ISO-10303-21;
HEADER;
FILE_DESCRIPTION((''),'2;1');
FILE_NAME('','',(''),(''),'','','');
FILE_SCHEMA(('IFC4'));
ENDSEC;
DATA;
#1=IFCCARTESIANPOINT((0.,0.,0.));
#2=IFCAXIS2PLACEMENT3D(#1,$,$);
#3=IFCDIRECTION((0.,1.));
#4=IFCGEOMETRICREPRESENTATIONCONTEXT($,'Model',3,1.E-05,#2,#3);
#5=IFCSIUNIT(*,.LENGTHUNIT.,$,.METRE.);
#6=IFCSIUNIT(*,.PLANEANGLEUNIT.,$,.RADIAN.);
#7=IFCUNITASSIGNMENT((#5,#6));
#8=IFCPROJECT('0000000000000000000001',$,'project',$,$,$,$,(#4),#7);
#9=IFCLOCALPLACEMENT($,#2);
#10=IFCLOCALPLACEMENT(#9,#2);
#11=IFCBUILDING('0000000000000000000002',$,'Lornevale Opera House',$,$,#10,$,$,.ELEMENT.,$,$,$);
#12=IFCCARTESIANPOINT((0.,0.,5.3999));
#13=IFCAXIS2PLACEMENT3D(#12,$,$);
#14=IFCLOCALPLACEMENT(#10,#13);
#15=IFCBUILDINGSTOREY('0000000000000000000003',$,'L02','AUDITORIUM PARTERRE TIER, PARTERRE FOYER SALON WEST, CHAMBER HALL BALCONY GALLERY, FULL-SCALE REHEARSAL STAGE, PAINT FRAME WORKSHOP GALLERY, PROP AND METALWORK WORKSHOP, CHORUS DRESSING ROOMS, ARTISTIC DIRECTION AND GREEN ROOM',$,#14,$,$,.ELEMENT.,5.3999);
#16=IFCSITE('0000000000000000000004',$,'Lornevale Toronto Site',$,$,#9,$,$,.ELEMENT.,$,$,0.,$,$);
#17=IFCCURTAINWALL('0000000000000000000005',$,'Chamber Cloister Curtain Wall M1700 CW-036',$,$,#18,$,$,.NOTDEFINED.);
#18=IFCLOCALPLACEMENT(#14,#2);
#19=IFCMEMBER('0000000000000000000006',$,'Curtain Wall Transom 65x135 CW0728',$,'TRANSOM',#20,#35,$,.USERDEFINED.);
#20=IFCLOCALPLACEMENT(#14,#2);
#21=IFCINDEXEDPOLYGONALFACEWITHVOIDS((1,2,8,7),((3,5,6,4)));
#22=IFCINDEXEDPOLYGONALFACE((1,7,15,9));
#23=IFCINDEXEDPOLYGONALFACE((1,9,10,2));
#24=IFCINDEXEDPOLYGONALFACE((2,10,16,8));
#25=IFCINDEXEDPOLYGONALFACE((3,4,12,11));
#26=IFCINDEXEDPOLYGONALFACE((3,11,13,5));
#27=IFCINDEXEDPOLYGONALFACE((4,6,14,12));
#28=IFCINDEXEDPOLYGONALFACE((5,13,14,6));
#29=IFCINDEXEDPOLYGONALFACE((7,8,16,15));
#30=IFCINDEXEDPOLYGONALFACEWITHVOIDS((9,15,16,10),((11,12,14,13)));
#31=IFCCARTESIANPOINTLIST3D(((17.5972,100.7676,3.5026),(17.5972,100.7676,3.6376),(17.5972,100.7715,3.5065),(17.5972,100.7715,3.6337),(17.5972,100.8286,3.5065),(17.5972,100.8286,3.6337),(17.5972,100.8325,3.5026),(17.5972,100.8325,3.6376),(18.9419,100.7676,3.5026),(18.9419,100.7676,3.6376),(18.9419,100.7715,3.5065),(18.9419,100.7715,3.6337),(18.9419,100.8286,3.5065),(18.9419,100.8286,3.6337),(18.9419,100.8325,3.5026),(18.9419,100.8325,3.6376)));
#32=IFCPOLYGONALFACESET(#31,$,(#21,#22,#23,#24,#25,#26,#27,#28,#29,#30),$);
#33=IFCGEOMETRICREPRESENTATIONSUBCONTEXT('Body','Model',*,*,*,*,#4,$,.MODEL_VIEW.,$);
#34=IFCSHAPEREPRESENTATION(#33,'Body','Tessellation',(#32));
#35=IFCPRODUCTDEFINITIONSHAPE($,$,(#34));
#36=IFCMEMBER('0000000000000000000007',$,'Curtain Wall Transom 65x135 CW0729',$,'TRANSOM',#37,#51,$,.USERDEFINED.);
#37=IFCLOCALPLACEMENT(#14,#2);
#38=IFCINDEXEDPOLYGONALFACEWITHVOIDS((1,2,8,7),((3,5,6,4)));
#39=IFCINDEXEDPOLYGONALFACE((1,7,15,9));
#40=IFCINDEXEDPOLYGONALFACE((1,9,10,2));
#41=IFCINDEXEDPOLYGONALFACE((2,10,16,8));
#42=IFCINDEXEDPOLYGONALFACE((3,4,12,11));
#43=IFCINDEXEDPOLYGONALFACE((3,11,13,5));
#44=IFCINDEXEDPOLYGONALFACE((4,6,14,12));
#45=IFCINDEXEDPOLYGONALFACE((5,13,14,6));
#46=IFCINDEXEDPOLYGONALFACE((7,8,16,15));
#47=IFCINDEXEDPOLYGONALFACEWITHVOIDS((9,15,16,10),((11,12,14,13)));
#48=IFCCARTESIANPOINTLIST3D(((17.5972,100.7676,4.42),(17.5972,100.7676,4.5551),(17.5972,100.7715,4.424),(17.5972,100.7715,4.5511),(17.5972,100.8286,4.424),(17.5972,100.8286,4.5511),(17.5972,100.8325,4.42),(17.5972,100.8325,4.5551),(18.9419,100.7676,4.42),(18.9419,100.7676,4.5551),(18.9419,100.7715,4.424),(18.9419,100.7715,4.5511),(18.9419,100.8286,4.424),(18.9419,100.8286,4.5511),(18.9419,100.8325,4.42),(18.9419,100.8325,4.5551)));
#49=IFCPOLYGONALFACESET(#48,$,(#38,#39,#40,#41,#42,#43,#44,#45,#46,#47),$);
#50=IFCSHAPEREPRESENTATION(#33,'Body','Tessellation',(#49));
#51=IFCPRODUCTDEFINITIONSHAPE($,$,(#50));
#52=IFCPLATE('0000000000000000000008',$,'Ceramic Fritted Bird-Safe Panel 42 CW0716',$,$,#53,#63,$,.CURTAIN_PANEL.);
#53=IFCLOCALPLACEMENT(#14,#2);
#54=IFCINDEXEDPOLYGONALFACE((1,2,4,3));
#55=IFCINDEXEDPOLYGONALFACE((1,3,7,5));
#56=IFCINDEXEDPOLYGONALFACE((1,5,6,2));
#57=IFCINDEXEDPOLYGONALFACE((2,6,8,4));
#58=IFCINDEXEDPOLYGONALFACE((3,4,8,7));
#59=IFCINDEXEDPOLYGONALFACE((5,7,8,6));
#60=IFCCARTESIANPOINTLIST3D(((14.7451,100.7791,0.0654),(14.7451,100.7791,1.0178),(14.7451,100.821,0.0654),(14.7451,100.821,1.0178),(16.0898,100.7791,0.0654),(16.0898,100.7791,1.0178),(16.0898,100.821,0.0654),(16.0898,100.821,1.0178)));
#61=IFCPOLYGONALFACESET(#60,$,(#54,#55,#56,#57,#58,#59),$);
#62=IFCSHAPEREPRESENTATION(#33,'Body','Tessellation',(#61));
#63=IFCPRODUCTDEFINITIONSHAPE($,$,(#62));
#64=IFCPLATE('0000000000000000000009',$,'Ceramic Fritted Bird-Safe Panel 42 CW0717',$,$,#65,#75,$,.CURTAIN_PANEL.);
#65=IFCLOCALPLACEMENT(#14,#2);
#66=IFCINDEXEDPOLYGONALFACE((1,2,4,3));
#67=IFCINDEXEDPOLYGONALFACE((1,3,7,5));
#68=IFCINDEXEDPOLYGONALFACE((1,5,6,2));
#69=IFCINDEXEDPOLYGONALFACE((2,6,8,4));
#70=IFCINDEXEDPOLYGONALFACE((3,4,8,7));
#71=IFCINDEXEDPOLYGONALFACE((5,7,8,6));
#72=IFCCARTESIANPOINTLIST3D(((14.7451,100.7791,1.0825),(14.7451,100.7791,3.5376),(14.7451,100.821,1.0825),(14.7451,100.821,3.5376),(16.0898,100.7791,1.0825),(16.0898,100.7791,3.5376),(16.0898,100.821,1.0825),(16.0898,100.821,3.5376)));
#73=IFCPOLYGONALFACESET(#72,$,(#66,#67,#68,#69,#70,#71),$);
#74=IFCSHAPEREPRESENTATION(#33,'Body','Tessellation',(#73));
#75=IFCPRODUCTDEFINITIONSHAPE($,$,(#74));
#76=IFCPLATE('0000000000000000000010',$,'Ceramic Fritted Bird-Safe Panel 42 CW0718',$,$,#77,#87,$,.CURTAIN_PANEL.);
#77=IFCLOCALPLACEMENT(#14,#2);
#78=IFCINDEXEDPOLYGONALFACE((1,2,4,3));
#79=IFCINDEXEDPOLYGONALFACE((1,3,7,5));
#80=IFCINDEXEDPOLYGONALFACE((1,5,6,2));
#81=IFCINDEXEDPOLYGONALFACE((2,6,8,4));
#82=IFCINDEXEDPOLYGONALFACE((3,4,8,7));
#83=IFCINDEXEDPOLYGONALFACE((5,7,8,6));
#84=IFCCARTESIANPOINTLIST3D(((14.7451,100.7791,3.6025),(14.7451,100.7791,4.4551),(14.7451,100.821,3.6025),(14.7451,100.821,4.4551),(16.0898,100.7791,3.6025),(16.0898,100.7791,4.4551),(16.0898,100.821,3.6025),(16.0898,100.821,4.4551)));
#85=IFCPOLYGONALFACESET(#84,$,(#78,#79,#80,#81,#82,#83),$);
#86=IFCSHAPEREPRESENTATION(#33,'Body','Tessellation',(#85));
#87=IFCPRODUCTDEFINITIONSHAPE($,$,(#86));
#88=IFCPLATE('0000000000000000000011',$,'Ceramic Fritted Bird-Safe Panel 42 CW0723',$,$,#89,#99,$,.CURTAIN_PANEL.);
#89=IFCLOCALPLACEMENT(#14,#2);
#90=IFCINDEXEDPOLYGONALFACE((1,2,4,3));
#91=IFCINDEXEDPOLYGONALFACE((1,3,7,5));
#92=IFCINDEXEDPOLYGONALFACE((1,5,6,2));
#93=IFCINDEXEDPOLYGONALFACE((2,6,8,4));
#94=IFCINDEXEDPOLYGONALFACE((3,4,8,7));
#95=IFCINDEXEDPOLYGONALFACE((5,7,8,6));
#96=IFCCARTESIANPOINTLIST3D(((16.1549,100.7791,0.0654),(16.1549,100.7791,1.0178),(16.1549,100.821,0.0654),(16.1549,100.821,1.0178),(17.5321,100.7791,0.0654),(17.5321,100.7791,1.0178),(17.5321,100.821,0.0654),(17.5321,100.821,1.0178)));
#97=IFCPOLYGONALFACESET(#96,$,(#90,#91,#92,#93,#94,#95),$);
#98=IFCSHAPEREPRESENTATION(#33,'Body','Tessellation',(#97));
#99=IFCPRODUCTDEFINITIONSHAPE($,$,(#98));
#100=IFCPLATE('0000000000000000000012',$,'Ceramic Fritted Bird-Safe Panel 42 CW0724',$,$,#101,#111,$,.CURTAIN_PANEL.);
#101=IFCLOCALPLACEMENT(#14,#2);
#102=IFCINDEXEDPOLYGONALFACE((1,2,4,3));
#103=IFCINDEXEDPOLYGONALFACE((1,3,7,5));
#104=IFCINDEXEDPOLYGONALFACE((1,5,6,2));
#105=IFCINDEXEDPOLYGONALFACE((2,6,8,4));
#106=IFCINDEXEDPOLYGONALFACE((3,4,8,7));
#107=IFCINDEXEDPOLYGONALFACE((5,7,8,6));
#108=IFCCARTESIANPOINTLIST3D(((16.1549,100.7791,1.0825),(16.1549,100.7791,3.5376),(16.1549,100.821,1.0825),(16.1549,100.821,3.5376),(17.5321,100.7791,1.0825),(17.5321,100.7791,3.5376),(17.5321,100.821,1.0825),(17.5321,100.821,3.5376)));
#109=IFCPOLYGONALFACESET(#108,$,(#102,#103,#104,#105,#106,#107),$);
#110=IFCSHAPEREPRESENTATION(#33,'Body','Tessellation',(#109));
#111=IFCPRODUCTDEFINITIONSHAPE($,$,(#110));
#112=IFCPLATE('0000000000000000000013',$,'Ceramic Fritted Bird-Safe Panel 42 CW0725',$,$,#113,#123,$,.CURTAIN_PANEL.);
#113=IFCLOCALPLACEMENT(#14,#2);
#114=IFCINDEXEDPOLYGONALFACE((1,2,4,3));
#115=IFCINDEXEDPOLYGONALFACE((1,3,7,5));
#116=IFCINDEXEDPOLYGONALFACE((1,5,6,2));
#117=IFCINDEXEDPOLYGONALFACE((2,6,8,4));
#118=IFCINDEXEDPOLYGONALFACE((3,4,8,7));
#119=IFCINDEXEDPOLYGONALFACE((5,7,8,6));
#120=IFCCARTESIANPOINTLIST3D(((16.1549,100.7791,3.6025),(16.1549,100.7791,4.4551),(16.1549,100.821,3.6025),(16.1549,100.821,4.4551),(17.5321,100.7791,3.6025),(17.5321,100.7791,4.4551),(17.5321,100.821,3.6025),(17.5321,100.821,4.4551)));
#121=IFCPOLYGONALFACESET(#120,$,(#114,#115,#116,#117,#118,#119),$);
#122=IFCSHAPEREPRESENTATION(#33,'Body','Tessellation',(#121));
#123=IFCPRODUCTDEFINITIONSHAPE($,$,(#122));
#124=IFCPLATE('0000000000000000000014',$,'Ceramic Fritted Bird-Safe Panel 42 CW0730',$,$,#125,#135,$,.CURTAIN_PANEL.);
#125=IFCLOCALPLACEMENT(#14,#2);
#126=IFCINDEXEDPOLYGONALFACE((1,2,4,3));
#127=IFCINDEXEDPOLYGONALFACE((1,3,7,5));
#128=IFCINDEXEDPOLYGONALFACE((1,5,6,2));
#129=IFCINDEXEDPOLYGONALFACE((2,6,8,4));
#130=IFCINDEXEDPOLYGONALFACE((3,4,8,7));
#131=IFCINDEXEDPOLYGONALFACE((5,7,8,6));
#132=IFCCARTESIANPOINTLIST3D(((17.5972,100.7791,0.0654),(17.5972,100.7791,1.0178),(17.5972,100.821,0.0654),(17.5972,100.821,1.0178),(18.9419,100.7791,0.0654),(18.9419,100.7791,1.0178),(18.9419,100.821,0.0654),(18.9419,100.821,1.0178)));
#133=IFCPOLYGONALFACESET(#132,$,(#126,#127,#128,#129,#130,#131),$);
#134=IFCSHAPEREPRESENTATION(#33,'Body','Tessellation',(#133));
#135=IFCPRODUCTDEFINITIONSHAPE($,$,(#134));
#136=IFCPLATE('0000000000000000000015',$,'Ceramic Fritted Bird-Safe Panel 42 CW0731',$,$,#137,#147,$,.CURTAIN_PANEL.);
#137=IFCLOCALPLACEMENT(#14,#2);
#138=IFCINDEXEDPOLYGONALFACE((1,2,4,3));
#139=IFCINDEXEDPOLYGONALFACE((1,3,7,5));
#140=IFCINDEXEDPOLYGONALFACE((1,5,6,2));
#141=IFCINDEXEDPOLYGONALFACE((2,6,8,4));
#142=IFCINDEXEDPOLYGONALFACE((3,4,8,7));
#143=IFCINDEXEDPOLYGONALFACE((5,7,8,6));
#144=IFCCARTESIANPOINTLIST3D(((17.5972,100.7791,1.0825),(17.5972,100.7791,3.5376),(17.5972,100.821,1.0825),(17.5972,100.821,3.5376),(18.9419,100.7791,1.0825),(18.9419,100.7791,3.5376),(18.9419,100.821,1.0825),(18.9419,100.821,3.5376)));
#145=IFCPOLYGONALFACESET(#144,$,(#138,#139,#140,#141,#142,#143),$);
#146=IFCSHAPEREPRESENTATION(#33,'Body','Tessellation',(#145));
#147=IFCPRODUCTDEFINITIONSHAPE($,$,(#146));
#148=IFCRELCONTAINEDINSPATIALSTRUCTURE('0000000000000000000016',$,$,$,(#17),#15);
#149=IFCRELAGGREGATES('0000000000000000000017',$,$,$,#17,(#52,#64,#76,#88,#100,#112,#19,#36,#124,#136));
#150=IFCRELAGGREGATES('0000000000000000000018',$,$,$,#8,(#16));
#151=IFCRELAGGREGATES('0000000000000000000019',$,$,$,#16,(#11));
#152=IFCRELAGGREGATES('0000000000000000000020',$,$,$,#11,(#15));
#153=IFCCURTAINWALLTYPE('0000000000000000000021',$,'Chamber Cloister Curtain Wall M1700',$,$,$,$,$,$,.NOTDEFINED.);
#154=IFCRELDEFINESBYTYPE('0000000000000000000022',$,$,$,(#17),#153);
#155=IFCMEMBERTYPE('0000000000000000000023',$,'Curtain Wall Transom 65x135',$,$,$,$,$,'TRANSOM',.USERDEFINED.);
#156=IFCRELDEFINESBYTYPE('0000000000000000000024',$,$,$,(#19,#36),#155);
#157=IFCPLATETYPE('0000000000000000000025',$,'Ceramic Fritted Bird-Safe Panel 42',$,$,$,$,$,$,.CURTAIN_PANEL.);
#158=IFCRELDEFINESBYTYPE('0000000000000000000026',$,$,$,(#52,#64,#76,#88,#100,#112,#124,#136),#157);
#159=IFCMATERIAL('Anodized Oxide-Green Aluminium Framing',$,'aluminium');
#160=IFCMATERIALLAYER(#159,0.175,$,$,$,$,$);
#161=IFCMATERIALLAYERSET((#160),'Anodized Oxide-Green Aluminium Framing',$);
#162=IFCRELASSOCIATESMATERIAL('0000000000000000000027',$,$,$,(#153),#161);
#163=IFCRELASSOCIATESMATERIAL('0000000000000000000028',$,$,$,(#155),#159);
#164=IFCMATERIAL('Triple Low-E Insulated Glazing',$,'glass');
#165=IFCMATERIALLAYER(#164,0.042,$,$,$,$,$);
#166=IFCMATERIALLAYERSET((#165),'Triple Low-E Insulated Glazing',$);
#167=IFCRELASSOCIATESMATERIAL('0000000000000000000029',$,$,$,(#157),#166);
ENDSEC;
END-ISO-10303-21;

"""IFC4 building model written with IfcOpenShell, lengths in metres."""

from ifc_helpers import new_model, si_unit, direction, frame, origin, origin_2d, place, context, subcontext, project, spatial, rectangle, hollow_rectangle, extrude, material, layer, layer_set, material_profile, profile_set, type_object, element, aggregate, save


model = new_model("IFC4")

# Units and contexts
model_context = context("Model", 3, precision=1e-05, world=origin(), true_north=direction((0.0, 1.0)))
body_context = subcontext(model_context, "Body", "Model", "MODEL_VIEW")
ifc_project = project(units=[si_unit("LENGTHUNIT", "METRE"), si_unit("PLANEANGLEUNIT", "RADIAN")], contexts=[model_context])

# Site, building, storey
site_placement = place(None, origin())
site = spatial("IfcSite", under=ifc_project, at=site_placement, Name="Lornevale Toronto Site", CompositionType="ELEMENT", RefElevation=0.0)
building_placement = place(site_placement, origin())
building = spatial("IfcBuilding", under=site, at=building_placement, Name="Lornevale Opera House", CompositionType="ELEMENT")
storey_placement = place(building_placement, frame((0.0, 0.0, 5.3999)))
storey = spatial("IfcBuildingStorey", under=building, at=storey_placement, Name="L02", Description="AUDITORIUM PARTERRE TIER, PARTERRE FOYER SALON WEST, CHAMBER HALL BALCONY GALLERY, FULL-SCALE REHEARSAL STAGE, PAINT FRAME WORKSHOP GALLERY, PROP AND METALWORK WORKSHOP, CHORUS DRESSING ROOMS, ARTISTIC DIRECTION AND GREEN ROOM", CompositionType="ELEMENT", Elevation=5.3999)

# Curtain wall, members, plates
ifc_material_1 = material(Name="Anodized Oxide-Green Aluminium Framing", Category="aluminium")
ifc_layer_1 = layer(ifc_material_1, 0.175)
ifc_layer_set_1 = layer_set([ifc_layer_1], Name="Anodized Oxide-Green Aluminium Framing")
curtain_wall_type = type_object("IfcCurtainWallType", Name="Chamber Cloister Curtain Wall M1700", PredefinedType="NOTDEFINED", material=ifc_layer_set_1)
curtain_wall_placement = place(storey_placement, origin())
curtain_wall = element("IfcCurtainWall", 1, at=curtain_wall_placement, inside=storey, type_object=curtain_wall_type, Name="Chamber Cloister Curtain Wall M1700 CW-036", PredefinedType="NOTDEFINED")
ifc_material_profile_1 = material_profile(ifc_material_1, hollow_rectangle(XDim=0.0649, YDim=0.135, WallThickness=0.0039, at=origin_2d()), Name="ALU65x135x4")
ifc_profile_set_1 = profile_set([ifc_material_profile_1], Name="Anodized Oxide-Green Aluminium Framing")
member_type_1 = type_object("IfcMemberType", Name="Curtain Wall Transom 65x135", ElementType="TRANSOM", PredefinedType="USERDEFINED", material=ifc_profile_set_1)
member_1_placement = place(storey_placement, frame((17.5972, 100.8, 3.5701), z_axis=(1.0, 0.0, 0.0), x_axis=(0.0, 1.0, 0.0)))
member_1 = element("IfcMember", 2, at=member_1_placement, type_object=member_type_1, Name="Curtain Wall Transom 65x135 CW0728", ObjectType="TRANSOM", PredefinedType="USERDEFINED", context=body_context, shape_type="SweptSolid", body=[
    extrude(hollow_rectangle(XDim=0.0649, YDim=0.135, WallThickness=0.0039, at=origin_2d()), origin(), (0.0, 0.0, 1.0), 1.3447),
])
member_2_placement = place(storey_placement, frame((17.5972, 100.8, 4.4875), z_axis=(1.0, 0.0, 0.0), x_axis=(0.0, 1.0, 0.0)))
member_2 = element("IfcMember", 3, at=member_2_placement, type_object=member_type_1, Name="Curtain Wall Transom 65x135 CW0729", ObjectType="TRANSOM", PredefinedType="USERDEFINED", context=body_context, shape_type="SweptSolid", body=[
    extrude(hollow_rectangle(XDim=0.0649, YDim=0.135, WallThickness=0.0039, at=origin_2d()), origin(), (0.0, 0.0, 1.0), 1.3447),
])
ifc_material_2 = material(Name="Triple Low-E Insulated Glazing", Category="glass")
ifc_layer_2 = layer(ifc_material_2, 0.042)
ifc_layer_set_2 = layer_set([ifc_layer_2], Name="Triple Low-E Insulated Glazing")
plate_type = type_object("IfcPlateType", Name="Ceramic Fritted Bird-Safe Panel 42", PredefinedType="CURTAIN_PANEL", material=ifc_layer_set_2)
plate_1_placement = place(storey_placement, frame((15.4175, 100.8, 0.0654), z_axis=(0.0, 0.0, 1.0), x_axis=(1.0, 0.0, 0.0)))
plate_1 = element("IfcPlate", 4, at=plate_1_placement, type_object=plate_type, Name="Ceramic Fritted Bird-Safe Panel 42 CW0716", PredefinedType="CURTAIN_PANEL", context=body_context, shape_type="SweptSolid", body=[
    extrude(rectangle(XDim=1.3447, YDim=0.042, at=origin_2d()), origin(), (0.0, 0.0, 1.0), 0.9524),
])
plate_2_placement = place(storey_placement, frame((15.4175, 100.8, 1.0825), z_axis=(0.0, 0.0, 1.0), x_axis=(1.0, 0.0, 0.0)))
plate_2 = element("IfcPlate", 5, at=plate_2_placement, type_object=plate_type, Name="Ceramic Fritted Bird-Safe Panel 42 CW0717", PredefinedType="CURTAIN_PANEL", context=body_context, shape_type="SweptSolid", body=[
    extrude(rectangle(XDim=1.3447, YDim=0.042, at=origin_2d()), origin(), (0.0, 0.0, 1.0), 2.4551),
])
plate_3_placement = place(storey_placement, frame((15.4175, 100.8, 3.6025), z_axis=(0.0, 0.0, 1.0), x_axis=(1.0, 0.0, 0.0)))
plate_3 = element("IfcPlate", 6, at=plate_3_placement, type_object=plate_type, Name="Ceramic Fritted Bird-Safe Panel 42 CW0718", PredefinedType="CURTAIN_PANEL", context=body_context, shape_type="SweptSolid", body=[
    extrude(rectangle(XDim=1.3447, YDim=0.042, at=origin_2d()), origin(), (0.0, 0.0, 1.0), 0.8525),
])
plate_4_placement = place(storey_placement, frame((16.8435, 100.8, 0.0654), z_axis=(0.0, 0.0, 1.0), x_axis=(1.0, 0.0, 0.0)))
plate_4 = element("IfcPlate", 7, at=plate_4_placement, type_object=plate_type, Name="Ceramic Fritted Bird-Safe Panel 42 CW0723", PredefinedType="CURTAIN_PANEL", context=body_context, shape_type="SweptSolid", body=[
    extrude(rectangle(XDim=1.3772, YDim=0.042, at=origin_2d()), origin(), (0.0, 0.0, 1.0), 0.9524),
])
plate_5_placement = place(storey_placement, frame((16.8435, 100.8, 1.0825), z_axis=(0.0, 0.0, 1.0), x_axis=(1.0, 0.0, 0.0)))
plate_5 = element("IfcPlate", 8, at=plate_5_placement, type_object=plate_type, Name="Ceramic Fritted Bird-Safe Panel 42 CW0724", PredefinedType="CURTAIN_PANEL", context=body_context, shape_type="SweptSolid", body=[
    extrude(rectangle(XDim=1.3772, YDim=0.042, at=origin_2d()), origin(), (0.0, 0.0, 1.0), 2.4551),
])
plate_6_placement = place(storey_placement, frame((16.8435, 100.8, 3.6025), z_axis=(0.0, 0.0, 1.0), x_axis=(1.0, 0.0, 0.0)))
plate_6 = element("IfcPlate", 9, at=plate_6_placement, type_object=plate_type, Name="Ceramic Fritted Bird-Safe Panel 42 CW0725", PredefinedType="CURTAIN_PANEL", context=body_context, shape_type="SweptSolid", body=[
    extrude(rectangle(XDim=1.3772, YDim=0.042, at=origin_2d()), origin(), (0.0, 0.0, 1.0), 0.8525),
])
plate_7_placement = place(storey_placement, frame((18.2695, 100.8, 0.0654), z_axis=(0.0, 0.0, 1.0), x_axis=(1.0, 0.0, 0.0)))
plate_7 = element("IfcPlate", 10, at=plate_7_placement, type_object=plate_type, Name="Ceramic Fritted Bird-Safe Panel 42 CW0730", PredefinedType="CURTAIN_PANEL", context=body_context, shape_type="SweptSolid", body=[
    extrude(rectangle(XDim=1.3447, YDim=0.042, at=origin_2d()), origin(), (0.0, 0.0, 1.0), 0.9524),
])
plate_8_placement = place(storey_placement, frame((18.2695, 100.8, 1.0825), z_axis=(0.0, 0.0, 1.0), x_axis=(1.0, 0.0, 0.0)))
plate_8 = element("IfcPlate", 11, at=plate_8_placement, type_object=plate_type, Name="Ceramic Fritted Bird-Safe Panel 42 CW0731", PredefinedType="CURTAIN_PANEL", context=body_context, shape_type="SweptSolid", body=[
    extrude(rectangle(XDim=1.3447, YDim=0.042, at=origin_2d()), origin(), (0.0, 0.0, 1.0), 2.4551),
])
aggregate(curtain_wall, [plate_1, plate_2, plate_3, plate_4, plate_5, plate_6, member_1, member_2, plate_7, plate_8])

save(model, "model.ifc")
